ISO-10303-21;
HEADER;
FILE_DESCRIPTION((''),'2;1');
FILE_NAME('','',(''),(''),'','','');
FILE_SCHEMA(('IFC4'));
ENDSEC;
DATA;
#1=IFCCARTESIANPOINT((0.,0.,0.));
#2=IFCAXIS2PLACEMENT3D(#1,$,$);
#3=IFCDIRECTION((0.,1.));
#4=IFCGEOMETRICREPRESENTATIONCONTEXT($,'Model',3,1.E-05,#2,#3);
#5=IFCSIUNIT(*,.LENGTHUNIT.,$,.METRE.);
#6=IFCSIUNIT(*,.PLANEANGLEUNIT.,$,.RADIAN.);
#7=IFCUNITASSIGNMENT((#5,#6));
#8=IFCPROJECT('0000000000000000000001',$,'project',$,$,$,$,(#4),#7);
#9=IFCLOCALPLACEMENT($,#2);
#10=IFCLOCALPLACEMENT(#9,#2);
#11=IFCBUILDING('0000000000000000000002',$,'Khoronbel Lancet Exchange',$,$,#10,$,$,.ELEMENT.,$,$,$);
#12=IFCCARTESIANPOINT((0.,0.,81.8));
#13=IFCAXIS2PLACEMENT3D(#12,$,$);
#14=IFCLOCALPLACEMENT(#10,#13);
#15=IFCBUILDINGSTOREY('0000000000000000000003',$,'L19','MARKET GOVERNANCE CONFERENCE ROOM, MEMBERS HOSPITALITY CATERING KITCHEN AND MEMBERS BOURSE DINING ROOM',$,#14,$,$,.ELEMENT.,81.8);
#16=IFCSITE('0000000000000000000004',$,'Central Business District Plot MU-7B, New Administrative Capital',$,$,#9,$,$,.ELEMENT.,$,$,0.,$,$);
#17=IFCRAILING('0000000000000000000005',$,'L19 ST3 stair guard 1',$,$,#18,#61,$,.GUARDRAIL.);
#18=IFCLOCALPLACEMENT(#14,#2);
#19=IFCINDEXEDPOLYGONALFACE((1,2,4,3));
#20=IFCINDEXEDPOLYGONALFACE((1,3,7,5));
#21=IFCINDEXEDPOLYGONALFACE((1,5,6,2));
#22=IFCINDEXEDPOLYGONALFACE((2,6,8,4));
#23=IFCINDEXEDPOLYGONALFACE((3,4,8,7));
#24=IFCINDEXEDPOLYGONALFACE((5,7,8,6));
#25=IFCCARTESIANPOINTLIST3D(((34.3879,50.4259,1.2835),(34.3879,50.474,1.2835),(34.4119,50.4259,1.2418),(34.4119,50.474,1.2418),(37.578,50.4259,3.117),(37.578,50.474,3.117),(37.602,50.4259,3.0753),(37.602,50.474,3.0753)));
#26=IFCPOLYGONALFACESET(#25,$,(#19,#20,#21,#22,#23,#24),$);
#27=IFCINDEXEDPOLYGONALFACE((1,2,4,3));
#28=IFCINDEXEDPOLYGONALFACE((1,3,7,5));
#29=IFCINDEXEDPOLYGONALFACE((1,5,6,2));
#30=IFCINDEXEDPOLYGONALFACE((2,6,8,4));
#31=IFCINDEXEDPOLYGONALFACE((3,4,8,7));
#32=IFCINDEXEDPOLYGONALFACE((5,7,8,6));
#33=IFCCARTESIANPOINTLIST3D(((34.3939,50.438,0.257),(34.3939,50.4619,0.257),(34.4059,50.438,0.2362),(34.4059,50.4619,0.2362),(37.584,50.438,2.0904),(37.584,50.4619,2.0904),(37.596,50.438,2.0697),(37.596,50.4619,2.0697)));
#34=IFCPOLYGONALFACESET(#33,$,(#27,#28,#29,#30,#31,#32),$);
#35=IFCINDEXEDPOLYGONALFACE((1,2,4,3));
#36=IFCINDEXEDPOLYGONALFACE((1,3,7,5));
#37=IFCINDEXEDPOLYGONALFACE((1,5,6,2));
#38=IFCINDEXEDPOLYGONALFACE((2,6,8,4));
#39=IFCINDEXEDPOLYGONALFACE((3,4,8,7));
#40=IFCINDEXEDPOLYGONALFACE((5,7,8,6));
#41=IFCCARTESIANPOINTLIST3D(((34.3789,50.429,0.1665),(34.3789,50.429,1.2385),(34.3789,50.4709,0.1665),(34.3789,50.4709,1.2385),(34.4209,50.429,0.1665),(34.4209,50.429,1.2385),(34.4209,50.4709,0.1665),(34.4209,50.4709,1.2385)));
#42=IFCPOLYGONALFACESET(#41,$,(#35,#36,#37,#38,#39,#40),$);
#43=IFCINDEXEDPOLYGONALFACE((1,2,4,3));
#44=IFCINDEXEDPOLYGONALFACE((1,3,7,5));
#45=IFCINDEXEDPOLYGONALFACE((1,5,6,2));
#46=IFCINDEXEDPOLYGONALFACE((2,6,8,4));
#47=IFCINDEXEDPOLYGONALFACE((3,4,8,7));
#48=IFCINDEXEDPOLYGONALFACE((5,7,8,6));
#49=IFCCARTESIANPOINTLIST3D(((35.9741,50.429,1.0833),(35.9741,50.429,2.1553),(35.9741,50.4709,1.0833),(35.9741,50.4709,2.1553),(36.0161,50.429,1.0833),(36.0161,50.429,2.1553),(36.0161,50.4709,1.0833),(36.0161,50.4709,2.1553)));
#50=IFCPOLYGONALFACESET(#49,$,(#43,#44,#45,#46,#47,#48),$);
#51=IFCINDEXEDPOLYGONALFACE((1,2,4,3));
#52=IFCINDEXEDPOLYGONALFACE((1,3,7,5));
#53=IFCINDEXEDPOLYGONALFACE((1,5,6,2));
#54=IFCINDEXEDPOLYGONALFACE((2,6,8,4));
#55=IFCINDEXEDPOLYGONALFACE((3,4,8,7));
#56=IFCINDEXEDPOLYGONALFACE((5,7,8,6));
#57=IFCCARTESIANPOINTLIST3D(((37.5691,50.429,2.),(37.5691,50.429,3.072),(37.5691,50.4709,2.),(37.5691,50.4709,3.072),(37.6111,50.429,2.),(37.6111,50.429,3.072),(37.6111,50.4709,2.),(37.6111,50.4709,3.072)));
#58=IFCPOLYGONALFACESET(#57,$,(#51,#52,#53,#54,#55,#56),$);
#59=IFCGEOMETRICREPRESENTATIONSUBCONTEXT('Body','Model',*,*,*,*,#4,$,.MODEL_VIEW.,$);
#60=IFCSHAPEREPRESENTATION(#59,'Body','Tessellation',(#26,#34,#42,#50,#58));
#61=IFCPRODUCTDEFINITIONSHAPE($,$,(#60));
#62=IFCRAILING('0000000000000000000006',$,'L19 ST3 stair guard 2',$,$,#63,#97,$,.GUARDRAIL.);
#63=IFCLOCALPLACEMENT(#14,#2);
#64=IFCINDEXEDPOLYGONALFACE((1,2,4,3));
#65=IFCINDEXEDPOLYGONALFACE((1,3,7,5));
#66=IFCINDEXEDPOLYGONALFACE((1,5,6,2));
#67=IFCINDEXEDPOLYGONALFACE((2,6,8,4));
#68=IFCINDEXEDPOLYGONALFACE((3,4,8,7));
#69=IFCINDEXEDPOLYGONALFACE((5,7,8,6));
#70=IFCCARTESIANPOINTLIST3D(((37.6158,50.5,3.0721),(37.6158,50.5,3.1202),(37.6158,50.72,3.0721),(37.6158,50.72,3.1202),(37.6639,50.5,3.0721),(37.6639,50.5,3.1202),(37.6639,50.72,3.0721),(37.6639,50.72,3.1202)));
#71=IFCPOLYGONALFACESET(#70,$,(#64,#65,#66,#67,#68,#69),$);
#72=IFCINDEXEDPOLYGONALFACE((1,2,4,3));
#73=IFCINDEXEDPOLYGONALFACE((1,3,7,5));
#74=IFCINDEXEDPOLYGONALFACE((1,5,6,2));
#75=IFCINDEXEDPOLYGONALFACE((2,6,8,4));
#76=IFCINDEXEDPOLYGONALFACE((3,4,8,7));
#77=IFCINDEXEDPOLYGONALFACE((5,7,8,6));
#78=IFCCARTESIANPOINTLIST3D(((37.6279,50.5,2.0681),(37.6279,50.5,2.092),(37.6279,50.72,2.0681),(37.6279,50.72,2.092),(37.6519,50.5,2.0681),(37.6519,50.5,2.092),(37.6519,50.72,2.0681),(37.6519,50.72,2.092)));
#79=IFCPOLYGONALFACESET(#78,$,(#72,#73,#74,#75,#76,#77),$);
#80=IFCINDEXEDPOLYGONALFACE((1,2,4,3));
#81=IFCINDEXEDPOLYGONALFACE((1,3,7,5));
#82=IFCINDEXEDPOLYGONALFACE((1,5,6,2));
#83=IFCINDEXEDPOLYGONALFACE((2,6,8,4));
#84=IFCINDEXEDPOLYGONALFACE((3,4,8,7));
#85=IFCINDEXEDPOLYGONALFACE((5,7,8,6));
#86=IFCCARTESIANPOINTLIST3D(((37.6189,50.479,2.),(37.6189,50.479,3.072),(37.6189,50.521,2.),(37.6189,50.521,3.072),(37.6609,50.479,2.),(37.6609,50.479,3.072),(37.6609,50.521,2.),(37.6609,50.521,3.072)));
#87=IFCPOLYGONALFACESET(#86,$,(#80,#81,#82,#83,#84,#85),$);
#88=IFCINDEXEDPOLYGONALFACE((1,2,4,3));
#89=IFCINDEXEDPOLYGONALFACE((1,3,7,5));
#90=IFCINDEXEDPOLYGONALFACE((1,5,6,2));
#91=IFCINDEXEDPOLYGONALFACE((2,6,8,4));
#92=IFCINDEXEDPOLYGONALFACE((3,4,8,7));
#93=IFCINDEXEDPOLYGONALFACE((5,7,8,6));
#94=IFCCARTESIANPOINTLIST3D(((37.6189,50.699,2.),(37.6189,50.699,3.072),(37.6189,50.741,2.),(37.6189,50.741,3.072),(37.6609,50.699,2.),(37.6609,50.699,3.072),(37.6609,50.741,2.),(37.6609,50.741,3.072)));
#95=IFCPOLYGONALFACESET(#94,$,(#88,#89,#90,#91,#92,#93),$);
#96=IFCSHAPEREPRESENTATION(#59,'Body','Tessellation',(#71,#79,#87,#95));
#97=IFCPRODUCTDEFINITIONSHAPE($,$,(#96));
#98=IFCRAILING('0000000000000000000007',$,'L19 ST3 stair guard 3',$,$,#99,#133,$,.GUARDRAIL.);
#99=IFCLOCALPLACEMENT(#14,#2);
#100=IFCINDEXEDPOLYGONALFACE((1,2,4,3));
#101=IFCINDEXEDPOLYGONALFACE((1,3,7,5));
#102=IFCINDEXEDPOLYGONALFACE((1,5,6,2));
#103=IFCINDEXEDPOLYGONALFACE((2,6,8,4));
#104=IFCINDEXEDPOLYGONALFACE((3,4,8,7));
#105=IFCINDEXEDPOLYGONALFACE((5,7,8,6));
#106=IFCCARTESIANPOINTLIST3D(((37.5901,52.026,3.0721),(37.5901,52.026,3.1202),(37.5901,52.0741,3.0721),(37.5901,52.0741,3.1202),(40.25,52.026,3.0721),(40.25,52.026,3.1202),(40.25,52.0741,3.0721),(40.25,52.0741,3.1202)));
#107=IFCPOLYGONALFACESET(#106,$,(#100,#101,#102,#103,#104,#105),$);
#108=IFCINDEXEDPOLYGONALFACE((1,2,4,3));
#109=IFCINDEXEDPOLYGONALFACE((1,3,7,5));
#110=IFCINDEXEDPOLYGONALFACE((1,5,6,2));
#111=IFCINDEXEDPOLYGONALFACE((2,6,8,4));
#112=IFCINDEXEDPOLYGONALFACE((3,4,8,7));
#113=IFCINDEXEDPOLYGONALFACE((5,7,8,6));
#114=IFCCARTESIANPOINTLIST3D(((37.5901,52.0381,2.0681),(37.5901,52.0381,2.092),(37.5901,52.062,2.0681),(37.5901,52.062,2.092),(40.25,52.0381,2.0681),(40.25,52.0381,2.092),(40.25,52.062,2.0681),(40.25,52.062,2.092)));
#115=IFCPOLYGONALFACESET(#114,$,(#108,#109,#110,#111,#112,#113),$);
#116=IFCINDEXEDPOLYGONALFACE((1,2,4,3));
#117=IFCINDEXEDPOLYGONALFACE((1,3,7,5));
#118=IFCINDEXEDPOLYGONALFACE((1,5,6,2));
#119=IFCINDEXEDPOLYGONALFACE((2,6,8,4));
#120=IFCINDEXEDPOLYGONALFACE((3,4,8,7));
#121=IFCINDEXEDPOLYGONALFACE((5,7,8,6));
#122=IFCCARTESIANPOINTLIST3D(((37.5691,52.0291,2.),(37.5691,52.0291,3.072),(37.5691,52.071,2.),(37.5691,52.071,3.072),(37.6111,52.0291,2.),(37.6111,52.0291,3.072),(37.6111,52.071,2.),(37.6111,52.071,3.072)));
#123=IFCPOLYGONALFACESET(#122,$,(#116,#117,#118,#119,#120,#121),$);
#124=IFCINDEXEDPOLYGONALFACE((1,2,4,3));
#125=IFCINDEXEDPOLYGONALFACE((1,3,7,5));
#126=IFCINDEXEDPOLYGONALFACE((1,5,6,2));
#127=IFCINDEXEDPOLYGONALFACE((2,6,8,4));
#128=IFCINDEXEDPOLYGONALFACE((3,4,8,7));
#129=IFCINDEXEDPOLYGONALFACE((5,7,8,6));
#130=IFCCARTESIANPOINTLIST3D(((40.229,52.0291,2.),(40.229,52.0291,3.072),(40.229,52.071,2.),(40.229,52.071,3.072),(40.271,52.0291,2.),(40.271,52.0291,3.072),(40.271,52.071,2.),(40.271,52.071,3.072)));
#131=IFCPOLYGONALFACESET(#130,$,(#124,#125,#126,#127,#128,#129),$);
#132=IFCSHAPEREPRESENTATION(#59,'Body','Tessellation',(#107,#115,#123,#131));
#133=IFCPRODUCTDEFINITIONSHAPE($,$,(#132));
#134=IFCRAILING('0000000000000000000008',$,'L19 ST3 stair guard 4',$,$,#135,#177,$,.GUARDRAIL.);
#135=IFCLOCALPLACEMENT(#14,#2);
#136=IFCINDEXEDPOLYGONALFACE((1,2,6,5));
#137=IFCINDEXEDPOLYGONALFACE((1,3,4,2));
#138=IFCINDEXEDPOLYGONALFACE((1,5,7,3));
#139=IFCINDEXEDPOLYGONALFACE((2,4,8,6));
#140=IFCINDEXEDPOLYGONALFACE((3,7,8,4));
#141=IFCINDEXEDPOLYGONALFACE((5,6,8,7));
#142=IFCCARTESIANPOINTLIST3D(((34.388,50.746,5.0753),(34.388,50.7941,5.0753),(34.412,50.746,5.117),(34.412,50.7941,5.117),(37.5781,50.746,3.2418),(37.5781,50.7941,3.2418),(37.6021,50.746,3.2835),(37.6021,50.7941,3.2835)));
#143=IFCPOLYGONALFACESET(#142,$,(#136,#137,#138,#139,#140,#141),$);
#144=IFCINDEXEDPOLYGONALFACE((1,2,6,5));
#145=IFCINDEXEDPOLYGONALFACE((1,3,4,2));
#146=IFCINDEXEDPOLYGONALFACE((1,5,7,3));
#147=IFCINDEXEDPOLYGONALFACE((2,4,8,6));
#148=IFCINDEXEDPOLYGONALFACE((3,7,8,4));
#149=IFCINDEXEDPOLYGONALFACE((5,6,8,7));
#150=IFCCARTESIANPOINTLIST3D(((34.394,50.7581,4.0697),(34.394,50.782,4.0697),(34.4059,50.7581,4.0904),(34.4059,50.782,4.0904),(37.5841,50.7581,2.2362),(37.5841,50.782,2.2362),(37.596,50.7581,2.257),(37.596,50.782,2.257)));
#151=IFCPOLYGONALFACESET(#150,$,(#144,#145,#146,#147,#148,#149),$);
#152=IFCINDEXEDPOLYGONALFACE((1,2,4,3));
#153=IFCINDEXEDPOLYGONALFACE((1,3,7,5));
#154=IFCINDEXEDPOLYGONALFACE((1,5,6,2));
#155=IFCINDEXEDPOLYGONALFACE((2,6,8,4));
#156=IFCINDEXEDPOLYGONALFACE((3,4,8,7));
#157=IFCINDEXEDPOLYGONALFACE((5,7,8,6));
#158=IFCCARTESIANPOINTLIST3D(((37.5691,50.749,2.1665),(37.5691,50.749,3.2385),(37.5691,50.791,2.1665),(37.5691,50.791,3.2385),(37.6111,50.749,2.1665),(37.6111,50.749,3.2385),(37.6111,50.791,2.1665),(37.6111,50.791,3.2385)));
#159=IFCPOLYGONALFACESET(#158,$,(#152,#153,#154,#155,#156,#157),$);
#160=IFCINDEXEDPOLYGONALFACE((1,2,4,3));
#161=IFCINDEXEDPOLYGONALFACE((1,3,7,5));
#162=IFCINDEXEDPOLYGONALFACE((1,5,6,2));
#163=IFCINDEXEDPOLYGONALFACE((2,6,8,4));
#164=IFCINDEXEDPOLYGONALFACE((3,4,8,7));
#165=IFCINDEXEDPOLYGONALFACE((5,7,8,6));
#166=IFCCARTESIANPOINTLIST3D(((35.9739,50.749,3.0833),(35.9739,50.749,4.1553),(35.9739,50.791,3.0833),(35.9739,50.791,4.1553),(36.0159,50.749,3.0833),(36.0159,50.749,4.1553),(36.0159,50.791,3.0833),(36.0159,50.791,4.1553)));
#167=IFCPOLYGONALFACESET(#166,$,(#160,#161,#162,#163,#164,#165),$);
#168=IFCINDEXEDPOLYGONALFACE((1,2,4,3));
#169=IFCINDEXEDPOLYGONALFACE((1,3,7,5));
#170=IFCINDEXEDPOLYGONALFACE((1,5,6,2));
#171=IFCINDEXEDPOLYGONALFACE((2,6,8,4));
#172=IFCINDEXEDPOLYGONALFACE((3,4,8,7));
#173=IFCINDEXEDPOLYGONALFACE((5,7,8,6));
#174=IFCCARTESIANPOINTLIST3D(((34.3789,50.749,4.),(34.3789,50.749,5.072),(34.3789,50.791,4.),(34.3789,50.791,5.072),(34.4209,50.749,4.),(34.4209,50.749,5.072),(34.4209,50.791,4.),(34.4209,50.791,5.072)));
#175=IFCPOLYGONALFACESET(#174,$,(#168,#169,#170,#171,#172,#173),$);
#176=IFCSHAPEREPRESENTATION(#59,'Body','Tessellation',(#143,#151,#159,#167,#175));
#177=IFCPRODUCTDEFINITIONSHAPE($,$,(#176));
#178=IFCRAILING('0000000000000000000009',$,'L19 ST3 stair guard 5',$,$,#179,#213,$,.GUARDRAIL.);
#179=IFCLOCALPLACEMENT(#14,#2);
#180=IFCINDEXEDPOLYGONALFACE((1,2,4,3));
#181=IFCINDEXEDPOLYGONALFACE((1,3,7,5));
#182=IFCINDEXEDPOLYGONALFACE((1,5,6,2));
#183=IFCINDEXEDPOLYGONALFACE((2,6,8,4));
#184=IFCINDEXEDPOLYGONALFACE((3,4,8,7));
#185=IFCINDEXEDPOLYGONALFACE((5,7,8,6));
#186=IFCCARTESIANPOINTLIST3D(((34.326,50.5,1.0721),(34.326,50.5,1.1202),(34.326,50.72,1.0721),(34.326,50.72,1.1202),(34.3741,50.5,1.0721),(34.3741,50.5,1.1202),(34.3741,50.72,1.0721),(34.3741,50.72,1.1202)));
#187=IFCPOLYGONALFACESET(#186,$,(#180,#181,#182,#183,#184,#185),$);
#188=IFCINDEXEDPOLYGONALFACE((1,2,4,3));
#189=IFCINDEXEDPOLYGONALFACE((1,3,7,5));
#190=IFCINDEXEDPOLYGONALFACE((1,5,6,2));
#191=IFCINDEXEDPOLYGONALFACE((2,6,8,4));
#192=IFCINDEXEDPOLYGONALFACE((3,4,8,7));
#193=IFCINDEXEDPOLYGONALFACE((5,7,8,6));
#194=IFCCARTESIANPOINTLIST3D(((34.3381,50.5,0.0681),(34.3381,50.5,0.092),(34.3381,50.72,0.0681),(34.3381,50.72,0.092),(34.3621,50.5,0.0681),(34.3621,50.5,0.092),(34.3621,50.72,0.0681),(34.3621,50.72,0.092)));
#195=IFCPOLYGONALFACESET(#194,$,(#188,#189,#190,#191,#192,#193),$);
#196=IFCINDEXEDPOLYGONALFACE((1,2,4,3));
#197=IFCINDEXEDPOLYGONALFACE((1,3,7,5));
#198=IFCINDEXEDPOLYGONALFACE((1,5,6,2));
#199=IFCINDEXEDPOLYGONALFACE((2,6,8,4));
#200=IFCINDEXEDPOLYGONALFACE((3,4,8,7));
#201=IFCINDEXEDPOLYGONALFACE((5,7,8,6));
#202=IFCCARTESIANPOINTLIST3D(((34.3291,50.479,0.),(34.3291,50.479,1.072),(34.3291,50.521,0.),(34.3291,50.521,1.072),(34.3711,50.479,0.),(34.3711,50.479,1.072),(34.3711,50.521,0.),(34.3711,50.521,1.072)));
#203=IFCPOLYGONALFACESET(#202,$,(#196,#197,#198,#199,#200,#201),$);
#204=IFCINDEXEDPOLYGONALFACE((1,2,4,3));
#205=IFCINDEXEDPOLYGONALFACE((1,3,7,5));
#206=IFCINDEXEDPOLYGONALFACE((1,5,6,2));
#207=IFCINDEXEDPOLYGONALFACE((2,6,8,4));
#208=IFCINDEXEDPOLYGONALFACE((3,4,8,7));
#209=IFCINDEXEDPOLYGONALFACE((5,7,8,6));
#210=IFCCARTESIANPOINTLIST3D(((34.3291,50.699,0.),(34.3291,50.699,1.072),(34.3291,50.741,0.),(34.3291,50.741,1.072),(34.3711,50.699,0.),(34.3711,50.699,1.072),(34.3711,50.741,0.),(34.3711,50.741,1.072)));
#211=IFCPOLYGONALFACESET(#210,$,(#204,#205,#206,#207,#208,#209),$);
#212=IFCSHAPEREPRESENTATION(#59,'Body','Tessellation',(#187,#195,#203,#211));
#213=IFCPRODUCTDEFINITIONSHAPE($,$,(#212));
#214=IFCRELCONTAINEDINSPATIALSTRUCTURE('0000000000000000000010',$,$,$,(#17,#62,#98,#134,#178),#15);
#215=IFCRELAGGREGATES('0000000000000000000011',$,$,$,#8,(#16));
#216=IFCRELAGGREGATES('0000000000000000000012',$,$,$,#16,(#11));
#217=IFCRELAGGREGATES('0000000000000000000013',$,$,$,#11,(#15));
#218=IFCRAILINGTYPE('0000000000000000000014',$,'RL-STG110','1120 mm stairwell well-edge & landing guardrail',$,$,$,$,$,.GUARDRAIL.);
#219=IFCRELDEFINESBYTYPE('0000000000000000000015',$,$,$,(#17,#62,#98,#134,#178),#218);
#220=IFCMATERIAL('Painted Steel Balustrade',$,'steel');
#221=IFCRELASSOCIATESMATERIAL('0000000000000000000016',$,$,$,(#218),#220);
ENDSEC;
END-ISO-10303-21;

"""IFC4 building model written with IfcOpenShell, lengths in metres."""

from ifc_helpers import new_model, si_unit, direction, frame, origin, origin_2d, place, context, subcontext, project, spatial, rectangle, extrude, material, type_object, element, save


model = new_model("IFC4")

# Units and contexts
model_context = context("Model", 3, precision=1e-05, world=origin(), true_north=direction((0.0, 1.0)))
body_context = subcontext(model_context, "Body", "Model", "MODEL_VIEW")
ifc_project = project(units=[si_unit("LENGTHUNIT", "METRE"), si_unit("PLANEANGLEUNIT", "RADIAN")], contexts=[model_context])

# Site, building, storey
site_placement = place(None, origin())
site = spatial("IfcSite", under=ifc_project, at=site_placement, Name="Central Business District Plot MU-7B, New Administrative Capital", CompositionType="ELEMENT", RefElevation=0.0)
building_placement = place(site_placement, origin())
building = spatial("IfcBuilding", under=site, at=building_placement, Name="Khoronbel Lancet Exchange", CompositionType="ELEMENT")
storey_placement = place(building_placement, frame((0.0, 0.0, 81.8)))
storey = spatial("IfcBuildingStorey", under=building, at=storey_placement, Name="L19", Description="MARKET GOVERNANCE CONFERENCE ROOM, MEMBERS HOSPITALITY CATERING KITCHEN AND MEMBERS BOURSE DINING ROOM", CompositionType="ELEMENT", Elevation=81.8)

# Railings
ifc_material_1 = material(Name="Painted Steel Balustrade", Category="steel")
railing_type_1 = type_object("IfcRailingType", Name="RL-STG110", Description="1120 mm stairwell well-edge & landing guardrail", PredefinedType="GUARDRAIL", material=ifc_material_1)
railing_1_placement = place(storey_placement, frame((34.3999, 50.45, 0.1665)))
element("IfcRailing", 1, at=railing_1_placement, inside=storey, type_object=railing_type_1, Name="L19 ST3 stair guard 1", PredefinedType="GUARDRAIL", context=body_context, shape_type="SweptSolid", body=[
    extrude(rectangle(XDim=0.0481, YDim=0.0481, at=origin_2d()), frame((0.0, 0.0, 1.0962), z_axis=(0.867007, 0.0, 0.498295), x_axis=(0.0, 1.0, 0.0)), (0.0, 0.0, 1.0), 3.6794),
    extrude(rectangle(XDim=0.0239, YDim=0.0239, at=origin_2d()), frame((0.0, 0.0, 0.0801), z_axis=(0.867007, 0.0, 0.498295), x_axis=(0.0, 1.0, 0.0)), (0.0, 0.0, 1.0), 3.6794),
    extrude(rectangle(XDim=0.042, YDim=0.042, at=origin_2d()), origin(), (0.0, 0.0, 1.0), 1.072),
    extrude(rectangle(XDim=0.042, YDim=0.042, at=origin_2d()), frame((1.5952, 0.0, 0.9167)), (0.0, 0.0, 1.0), 1.072),
    extrude(rectangle(XDim=0.042, YDim=0.042, at=origin_2d()), frame((3.1902, 0.0, 1.8335)), (0.0, 0.0, 1.0), 1.072),
])
railing_2_placement = place(storey_placement, frame((37.6399, 50.5, 2.0)))
element("IfcRailing", 2, at=railing_2_placement, inside=storey, type_object=railing_type_1, Name="L19 ST3 stair guard 2", PredefinedType="GUARDRAIL", context=body_context, shape_type="SweptSolid", body=[
    extrude(rectangle(XDim=0.0481, YDim=0.0481, at=origin_2d()), frame((0.0, 0.0, 1.0962), z_axis=(0.0, 1.0, 0.0), x_axis=(-1.0, 0.0, 0.0)), (0.0, 0.0, 1.0), 0.22),
    extrude(rectangle(XDim=0.0239, YDim=0.0239, at=origin_2d()), frame((0.0, 0.0, 0.0801), z_axis=(0.0, 1.0, 0.0), x_axis=(-1.0, 0.0, 0.0)), (0.0, 0.0, 1.0), 0.22),
    extrude(rectangle(XDim=0.042, YDim=0.042, at=origin_2d()), origin(), (0.0, 0.0, 1.0), 1.072),
    extrude(rectangle(XDim=0.042, YDim=0.042, at=origin_2d()), frame((0.0, 0.22, 0.0)), (0.0, 0.0, 1.0), 1.072),
])
railing_3_placement = place(storey_placement, frame((37.5901, 52.05, 2.0)))
element("IfcRailing", 3, at=railing_3_placement, inside=storey, type_object=railing_type_1, Name="L19 ST3 stair guard 3", PredefinedType="GUARDRAIL", context=body_context, shape_type="SweptSolid", body=[
    extrude(rectangle(XDim=0.0481, YDim=0.0481, at=origin_2d()), frame((0.0, 0.0, 1.0962), z_axis=(1.0, 0.0, 0.0), x_axis=(0.0, 1.0, 0.0)), (0.0, 0.0, 1.0), 2.6599),
    extrude(rectangle(XDim=0.0239, YDim=0.0239, at=origin_2d()), frame((0.0, 0.0, 0.0801), z_axis=(1.0, 0.0, 0.0), x_axis=(0.0, 1.0, 0.0)), (0.0, 0.0, 1.0), 2.6599),
    extrude(rectangle(XDim=0.042, YDim=0.042, at=origin_2d()), origin(), (0.0, 0.0, 1.0), 1.072),
    extrude(rectangle(XDim=0.042, YDim=0.042, at=origin_2d()), frame((2.6599, 0.0, 0.0)), (0.0, 0.0, 1.0), 1.072),
])
railing_4_placement = place(storey_placement, frame((37.5901, 50.77, 2.1665)))
element("IfcRailing", 4, at=railing_4_placement, inside=storey, type_object=railing_type_1, Name="L19 ST3 stair guard 4", PredefinedType="GUARDRAIL", context=body_context, shape_type="SweptSolid", body=[
    extrude(rectangle(XDim=0.0481, YDim=0.0481, at=origin_2d()), frame((0.0, 0.0, 1.0962), z_axis=(-0.867007, 0.0, 0.498295), x_axis=(0.0, -1.0, 0.0)), (0.0, 0.0, 1.0), 3.6794),
    extrude(rectangle(XDim=0.0239, YDim=0.0239, at=origin_2d()), frame((0.0, 0.0, 0.0801), z_axis=(-0.867007, 0.0, 0.498295), x_axis=(0.0, -1.0, 0.0)), (0.0, 0.0, 1.0), 3.6794),
    extrude(rectangle(XDim=0.042, YDim=0.042, at=origin_2d()), origin(), (0.0, 0.0, 1.0), 1.072),
    extrude(rectangle(XDim=0.042, YDim=0.042, at=origin_2d()), frame((-1.5952, 0.0, 0.9167)), (0.0, 0.0, 1.0), 1.072),
    extrude(rectangle(XDim=0.042, YDim=0.042, at=origin_2d()), frame((-3.1902, 0.0, 1.8335)), (0.0, 0.0, 1.0), 1.072),
])
railing_5_placement = place(storey_placement, frame((34.3501, 50.5, 0.0)))
element("IfcRailing", 5, at=railing_5_placement, inside=storey, type_object=railing_type_1, Name="L19 ST3 stair guard 5", PredefinedType="GUARDRAIL", context=body_context, shape_type="SweptSolid", body=[
    extrude(rectangle(XDim=0.0481, YDim=0.0481, at=origin_2d()), frame((0.0, 0.0, 1.0962), z_axis=(0.0, 1.0, 0.0), x_axis=(-1.0, 0.0, 0.0)), (0.0, 0.0, 1.0), 0.22),
    extrude(rectangle(XDim=0.0239, YDim=0.0239, at=origin_2d()), frame((0.0, 0.0, 0.0801), z_axis=(0.0, 1.0, 0.0), x_axis=(-1.0, 0.0, 0.0)), (0.0, 0.0, 1.0), 0.22),
    extrude(rectangle(XDim=0.042, YDim=0.042, at=origin_2d()), origin(), (0.0, 0.0, 1.0), 1.072),
    extrude(rectangle(XDim=0.042, YDim=0.042, at=origin_2d()), frame((0.0, 0.22, 0.0)), (0.0, 0.0, 1.0), 1.072),
])

save(model, "model.ifc")
